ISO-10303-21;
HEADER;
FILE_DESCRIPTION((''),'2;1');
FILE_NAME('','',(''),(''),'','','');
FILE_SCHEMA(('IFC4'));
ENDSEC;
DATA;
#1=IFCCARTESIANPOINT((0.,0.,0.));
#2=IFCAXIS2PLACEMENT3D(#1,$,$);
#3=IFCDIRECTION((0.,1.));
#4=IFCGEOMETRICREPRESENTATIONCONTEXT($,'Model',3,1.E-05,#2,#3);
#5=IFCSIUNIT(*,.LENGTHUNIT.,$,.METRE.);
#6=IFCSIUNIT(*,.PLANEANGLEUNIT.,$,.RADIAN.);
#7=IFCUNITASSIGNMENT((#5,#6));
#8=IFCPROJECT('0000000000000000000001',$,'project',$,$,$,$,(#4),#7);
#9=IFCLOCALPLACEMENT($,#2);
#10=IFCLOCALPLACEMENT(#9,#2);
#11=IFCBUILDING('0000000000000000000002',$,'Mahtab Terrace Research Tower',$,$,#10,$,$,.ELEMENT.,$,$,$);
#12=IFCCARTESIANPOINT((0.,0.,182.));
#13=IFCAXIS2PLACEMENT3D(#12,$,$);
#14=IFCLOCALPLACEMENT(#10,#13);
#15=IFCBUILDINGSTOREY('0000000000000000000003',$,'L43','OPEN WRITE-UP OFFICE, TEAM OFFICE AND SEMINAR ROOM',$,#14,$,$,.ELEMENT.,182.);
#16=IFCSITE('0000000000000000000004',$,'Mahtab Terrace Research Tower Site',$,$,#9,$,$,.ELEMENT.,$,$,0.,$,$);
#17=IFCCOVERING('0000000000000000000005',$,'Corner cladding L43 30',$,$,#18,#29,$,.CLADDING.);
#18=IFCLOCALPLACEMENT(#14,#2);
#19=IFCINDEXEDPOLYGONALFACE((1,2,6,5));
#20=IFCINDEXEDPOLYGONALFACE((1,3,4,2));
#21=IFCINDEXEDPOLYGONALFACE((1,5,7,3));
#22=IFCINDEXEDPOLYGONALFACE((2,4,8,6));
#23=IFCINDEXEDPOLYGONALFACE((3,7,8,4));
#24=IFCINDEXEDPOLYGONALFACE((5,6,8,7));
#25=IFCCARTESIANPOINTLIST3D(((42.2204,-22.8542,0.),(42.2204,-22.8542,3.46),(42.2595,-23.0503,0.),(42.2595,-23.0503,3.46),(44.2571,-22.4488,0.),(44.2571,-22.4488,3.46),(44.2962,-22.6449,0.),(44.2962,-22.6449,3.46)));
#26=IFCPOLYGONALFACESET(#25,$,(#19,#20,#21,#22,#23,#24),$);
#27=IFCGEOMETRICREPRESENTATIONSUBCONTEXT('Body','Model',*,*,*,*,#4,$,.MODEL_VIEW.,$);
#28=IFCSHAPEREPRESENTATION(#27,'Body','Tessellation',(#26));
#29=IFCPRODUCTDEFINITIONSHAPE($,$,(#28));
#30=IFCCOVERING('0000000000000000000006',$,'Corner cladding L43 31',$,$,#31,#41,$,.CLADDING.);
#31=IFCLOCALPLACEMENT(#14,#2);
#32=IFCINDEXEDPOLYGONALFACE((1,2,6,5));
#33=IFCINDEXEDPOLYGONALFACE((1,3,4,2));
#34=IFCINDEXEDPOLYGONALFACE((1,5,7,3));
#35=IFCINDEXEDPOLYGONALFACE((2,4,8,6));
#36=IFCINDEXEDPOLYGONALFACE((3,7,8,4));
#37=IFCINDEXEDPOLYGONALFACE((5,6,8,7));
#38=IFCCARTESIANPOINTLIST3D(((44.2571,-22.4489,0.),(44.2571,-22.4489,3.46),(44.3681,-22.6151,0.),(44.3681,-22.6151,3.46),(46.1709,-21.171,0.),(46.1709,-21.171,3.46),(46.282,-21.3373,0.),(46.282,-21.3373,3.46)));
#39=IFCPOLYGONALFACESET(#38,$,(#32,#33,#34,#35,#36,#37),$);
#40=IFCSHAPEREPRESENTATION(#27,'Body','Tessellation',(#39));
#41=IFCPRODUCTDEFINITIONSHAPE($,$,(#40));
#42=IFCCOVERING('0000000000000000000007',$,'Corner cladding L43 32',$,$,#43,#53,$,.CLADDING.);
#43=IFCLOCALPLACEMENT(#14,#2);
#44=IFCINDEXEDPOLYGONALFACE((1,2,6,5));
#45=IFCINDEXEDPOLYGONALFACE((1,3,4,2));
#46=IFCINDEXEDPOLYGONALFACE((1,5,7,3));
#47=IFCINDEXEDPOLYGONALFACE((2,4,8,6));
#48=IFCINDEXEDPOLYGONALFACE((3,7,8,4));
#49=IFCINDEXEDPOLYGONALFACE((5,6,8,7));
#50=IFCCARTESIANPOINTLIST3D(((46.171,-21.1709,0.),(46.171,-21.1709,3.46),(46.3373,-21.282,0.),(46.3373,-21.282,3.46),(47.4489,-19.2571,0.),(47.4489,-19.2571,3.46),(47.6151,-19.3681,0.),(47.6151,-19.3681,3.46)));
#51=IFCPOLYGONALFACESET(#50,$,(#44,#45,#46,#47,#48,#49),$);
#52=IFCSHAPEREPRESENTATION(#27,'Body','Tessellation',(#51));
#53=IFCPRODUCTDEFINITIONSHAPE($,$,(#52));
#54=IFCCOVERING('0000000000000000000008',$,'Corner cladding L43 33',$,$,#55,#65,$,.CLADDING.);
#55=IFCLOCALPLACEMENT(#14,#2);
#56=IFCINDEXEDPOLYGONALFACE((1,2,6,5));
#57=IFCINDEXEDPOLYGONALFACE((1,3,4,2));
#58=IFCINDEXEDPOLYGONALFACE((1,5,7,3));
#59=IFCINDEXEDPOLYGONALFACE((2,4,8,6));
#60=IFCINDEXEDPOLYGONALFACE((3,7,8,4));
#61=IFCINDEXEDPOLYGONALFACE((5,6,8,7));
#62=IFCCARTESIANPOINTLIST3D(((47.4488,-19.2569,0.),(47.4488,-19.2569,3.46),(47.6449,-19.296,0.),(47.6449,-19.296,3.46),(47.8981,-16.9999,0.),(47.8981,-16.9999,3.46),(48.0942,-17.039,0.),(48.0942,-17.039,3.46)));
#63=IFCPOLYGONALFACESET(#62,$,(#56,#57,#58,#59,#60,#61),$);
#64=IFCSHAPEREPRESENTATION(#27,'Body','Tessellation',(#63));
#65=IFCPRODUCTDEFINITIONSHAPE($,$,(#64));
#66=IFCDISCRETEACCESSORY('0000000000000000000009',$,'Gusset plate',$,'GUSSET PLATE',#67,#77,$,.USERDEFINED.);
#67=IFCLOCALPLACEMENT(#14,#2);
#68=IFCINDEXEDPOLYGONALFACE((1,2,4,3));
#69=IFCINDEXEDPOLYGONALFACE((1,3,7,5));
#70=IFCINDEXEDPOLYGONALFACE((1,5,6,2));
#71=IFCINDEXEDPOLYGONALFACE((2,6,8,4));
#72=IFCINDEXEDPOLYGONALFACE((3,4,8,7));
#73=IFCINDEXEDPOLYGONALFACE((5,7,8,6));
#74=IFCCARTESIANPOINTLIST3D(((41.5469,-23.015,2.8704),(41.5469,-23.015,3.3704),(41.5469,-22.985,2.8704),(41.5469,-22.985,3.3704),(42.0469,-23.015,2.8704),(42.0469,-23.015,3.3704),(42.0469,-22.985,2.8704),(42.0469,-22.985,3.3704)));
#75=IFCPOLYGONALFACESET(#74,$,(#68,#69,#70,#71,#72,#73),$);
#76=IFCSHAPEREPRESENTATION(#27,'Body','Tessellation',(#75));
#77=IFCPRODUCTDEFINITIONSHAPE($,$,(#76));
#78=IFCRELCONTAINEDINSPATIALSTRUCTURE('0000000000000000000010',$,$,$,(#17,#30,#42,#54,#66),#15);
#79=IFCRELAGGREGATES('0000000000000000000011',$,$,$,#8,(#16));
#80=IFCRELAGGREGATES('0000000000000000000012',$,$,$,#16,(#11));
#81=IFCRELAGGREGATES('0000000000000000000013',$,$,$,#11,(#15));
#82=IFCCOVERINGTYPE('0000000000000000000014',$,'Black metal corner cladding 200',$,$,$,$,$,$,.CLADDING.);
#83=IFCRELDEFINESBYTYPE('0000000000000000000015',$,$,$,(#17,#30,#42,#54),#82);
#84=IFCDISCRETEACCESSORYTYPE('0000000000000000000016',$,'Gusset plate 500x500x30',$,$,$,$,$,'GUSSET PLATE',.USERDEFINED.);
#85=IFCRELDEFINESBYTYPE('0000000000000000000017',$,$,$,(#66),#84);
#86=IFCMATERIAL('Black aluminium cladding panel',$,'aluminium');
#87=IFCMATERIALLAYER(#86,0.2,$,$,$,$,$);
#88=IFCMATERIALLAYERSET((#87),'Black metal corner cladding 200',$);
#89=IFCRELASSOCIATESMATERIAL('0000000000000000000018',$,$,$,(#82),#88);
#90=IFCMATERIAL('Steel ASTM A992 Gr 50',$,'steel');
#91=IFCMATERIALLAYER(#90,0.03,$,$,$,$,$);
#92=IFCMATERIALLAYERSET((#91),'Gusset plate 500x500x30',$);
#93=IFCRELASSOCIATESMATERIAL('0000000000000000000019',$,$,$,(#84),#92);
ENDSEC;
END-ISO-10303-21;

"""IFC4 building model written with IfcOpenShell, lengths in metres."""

from ifc_helpers import new_model, si_unit, direction, frame, origin, origin_2d, place, context, subcontext, project, spatial, rectangle, extrude, material, layer, layer_set, type_object, element, save


model = new_model("IFC4")

# Units and contexts
model_context = context("Model", 3, precision=1e-05, world=origin(), true_north=direction((0.0, 1.0)))
body_context = subcontext(model_context, "Body", "Model", "MODEL_VIEW")
ifc_project = project(units=[si_unit("LENGTHUNIT", "METRE"), si_unit("PLANEANGLEUNIT", "RADIAN")], contexts=[model_context])

# Site, building, storey
site_placement = place(None, origin())
site = spatial("IfcSite", under=ifc_project, at=site_placement, Name="Mahtab Terrace Research Tower Site", CompositionType="ELEMENT", RefElevation=0.0)
building_placement = place(site_placement, origin())
building = spatial("IfcBuilding", under=site, at=building_placement, Name="Mahtab Terrace Research Tower", CompositionType="ELEMENT")
storey_placement = place(building_placement, frame((0.0, 0.0, 182.0)))
storey = spatial("IfcBuildingStorey", under=building, at=storey_placement, Name="L43", Description="OPEN WRITE-UP OFFICE, TEAM OFFICE AND SEMINAR ROOM", CompositionType="ELEMENT", Elevation=182.0)

# Shared definitions
ifc_material_1 = material(Name="Steel ASTM A992 Gr 50", Category="steel")

# Coverings
ifc_material_2 = material(Name="Black aluminium cladding panel", Category="aluminium")
ifc_layer_1 = layer(ifc_material_2, 0.2)
ifc_layer_set_1 = layer_set([ifc_layer_1], Name="Black metal corner cladding 200")
covering_type = type_object("IfcCoveringType", Name="Black metal corner cladding 200", PredefinedType="CLADDING", material=ifc_layer_set_1)
covering_placement = place(storey_placement, frame((43.2583, -22.7495, 0.0), z_axis=(0.0, 0.0, 1.0), x_axis=(0.980761, 0.195212, 0.0)))
element("IfcCovering", 1, at=covering_placement, inside=storey, type_object=covering_type, Name="Corner cladding L43 30", PredefinedType="CLADDING", context=body_context, shape_type="SweptSolid", body=[
    extrude(rectangle(XDim=2.0767, YDim=0.2, at=origin_2d()), origin(), (0.0, 0.0, 1.0), 3.46),
])
for number, where, z_axis, x_axis, name in (
    (2, (45.2695, -21.8931, 0.0), (0.0, 0.0, 1.0), (0.831656, 0.555291, 0.0), "Corner cladding L43 31"),
    (3, (46.8931, -20.2695, 0.0), (0.0, 0.0, 1.0), (0.555291, 0.831656, 0.0), "Corner cladding L43 32"),
    (4, (47.7715, -18.1479, 0.0), (0.0, 0.0, 1.0), (0.195212, 0.980761, 0.0), "Corner cladding L43 33"),
):
    element("IfcCovering", number, at=place(storey_placement, frame(where, z_axis=z_axis, x_axis=x_axis)), inside=storey, type_object=covering_type, Name=name, PredefinedType="CLADDING", context=body_context, shape_type="SweptSolid", body=[
        extrude(rectangle(XDim=2.3013, YDim=0.2, at=origin_2d()), origin(), (0.0, 0.0, 1.0), 3.46),
    ])

# Discrete accessory
ifc_layer_2 = layer(ifc_material_1, 0.03)
ifc_layer_set_2 = layer_set([ifc_layer_2], Name="Gusset plate 500x500x30")
discrete_accessory_type = type_object("IfcDiscreteAccessoryType", Name="Gusset plate 500x500x30", ElementType="GUSSET PLATE", PredefinedType="USERDEFINED", material=ifc_layer_set_2)
discrete_accessory_placement = place(storey_placement, frame((41.7969, -23.0, 2.8704), z_axis=(0.0, 0.0, 1.0), x_axis=(1.0, 0.0, 0.0)))
element("IfcDiscreteAccessory", 5, at=discrete_accessory_placement, inside=storey, type_object=discrete_accessory_type, Name="Gusset plate", ObjectType="GUSSET PLATE", PredefinedType="USERDEFINED", context=body_context, shape_type="SweptSolid", body=[
    extrude(rectangle(XDim=0.5, YDim=0.03, at=origin_2d()), origin(), (0.0, 0.0, 1.0), 0.5),
])

save(model, "model.ifc")
